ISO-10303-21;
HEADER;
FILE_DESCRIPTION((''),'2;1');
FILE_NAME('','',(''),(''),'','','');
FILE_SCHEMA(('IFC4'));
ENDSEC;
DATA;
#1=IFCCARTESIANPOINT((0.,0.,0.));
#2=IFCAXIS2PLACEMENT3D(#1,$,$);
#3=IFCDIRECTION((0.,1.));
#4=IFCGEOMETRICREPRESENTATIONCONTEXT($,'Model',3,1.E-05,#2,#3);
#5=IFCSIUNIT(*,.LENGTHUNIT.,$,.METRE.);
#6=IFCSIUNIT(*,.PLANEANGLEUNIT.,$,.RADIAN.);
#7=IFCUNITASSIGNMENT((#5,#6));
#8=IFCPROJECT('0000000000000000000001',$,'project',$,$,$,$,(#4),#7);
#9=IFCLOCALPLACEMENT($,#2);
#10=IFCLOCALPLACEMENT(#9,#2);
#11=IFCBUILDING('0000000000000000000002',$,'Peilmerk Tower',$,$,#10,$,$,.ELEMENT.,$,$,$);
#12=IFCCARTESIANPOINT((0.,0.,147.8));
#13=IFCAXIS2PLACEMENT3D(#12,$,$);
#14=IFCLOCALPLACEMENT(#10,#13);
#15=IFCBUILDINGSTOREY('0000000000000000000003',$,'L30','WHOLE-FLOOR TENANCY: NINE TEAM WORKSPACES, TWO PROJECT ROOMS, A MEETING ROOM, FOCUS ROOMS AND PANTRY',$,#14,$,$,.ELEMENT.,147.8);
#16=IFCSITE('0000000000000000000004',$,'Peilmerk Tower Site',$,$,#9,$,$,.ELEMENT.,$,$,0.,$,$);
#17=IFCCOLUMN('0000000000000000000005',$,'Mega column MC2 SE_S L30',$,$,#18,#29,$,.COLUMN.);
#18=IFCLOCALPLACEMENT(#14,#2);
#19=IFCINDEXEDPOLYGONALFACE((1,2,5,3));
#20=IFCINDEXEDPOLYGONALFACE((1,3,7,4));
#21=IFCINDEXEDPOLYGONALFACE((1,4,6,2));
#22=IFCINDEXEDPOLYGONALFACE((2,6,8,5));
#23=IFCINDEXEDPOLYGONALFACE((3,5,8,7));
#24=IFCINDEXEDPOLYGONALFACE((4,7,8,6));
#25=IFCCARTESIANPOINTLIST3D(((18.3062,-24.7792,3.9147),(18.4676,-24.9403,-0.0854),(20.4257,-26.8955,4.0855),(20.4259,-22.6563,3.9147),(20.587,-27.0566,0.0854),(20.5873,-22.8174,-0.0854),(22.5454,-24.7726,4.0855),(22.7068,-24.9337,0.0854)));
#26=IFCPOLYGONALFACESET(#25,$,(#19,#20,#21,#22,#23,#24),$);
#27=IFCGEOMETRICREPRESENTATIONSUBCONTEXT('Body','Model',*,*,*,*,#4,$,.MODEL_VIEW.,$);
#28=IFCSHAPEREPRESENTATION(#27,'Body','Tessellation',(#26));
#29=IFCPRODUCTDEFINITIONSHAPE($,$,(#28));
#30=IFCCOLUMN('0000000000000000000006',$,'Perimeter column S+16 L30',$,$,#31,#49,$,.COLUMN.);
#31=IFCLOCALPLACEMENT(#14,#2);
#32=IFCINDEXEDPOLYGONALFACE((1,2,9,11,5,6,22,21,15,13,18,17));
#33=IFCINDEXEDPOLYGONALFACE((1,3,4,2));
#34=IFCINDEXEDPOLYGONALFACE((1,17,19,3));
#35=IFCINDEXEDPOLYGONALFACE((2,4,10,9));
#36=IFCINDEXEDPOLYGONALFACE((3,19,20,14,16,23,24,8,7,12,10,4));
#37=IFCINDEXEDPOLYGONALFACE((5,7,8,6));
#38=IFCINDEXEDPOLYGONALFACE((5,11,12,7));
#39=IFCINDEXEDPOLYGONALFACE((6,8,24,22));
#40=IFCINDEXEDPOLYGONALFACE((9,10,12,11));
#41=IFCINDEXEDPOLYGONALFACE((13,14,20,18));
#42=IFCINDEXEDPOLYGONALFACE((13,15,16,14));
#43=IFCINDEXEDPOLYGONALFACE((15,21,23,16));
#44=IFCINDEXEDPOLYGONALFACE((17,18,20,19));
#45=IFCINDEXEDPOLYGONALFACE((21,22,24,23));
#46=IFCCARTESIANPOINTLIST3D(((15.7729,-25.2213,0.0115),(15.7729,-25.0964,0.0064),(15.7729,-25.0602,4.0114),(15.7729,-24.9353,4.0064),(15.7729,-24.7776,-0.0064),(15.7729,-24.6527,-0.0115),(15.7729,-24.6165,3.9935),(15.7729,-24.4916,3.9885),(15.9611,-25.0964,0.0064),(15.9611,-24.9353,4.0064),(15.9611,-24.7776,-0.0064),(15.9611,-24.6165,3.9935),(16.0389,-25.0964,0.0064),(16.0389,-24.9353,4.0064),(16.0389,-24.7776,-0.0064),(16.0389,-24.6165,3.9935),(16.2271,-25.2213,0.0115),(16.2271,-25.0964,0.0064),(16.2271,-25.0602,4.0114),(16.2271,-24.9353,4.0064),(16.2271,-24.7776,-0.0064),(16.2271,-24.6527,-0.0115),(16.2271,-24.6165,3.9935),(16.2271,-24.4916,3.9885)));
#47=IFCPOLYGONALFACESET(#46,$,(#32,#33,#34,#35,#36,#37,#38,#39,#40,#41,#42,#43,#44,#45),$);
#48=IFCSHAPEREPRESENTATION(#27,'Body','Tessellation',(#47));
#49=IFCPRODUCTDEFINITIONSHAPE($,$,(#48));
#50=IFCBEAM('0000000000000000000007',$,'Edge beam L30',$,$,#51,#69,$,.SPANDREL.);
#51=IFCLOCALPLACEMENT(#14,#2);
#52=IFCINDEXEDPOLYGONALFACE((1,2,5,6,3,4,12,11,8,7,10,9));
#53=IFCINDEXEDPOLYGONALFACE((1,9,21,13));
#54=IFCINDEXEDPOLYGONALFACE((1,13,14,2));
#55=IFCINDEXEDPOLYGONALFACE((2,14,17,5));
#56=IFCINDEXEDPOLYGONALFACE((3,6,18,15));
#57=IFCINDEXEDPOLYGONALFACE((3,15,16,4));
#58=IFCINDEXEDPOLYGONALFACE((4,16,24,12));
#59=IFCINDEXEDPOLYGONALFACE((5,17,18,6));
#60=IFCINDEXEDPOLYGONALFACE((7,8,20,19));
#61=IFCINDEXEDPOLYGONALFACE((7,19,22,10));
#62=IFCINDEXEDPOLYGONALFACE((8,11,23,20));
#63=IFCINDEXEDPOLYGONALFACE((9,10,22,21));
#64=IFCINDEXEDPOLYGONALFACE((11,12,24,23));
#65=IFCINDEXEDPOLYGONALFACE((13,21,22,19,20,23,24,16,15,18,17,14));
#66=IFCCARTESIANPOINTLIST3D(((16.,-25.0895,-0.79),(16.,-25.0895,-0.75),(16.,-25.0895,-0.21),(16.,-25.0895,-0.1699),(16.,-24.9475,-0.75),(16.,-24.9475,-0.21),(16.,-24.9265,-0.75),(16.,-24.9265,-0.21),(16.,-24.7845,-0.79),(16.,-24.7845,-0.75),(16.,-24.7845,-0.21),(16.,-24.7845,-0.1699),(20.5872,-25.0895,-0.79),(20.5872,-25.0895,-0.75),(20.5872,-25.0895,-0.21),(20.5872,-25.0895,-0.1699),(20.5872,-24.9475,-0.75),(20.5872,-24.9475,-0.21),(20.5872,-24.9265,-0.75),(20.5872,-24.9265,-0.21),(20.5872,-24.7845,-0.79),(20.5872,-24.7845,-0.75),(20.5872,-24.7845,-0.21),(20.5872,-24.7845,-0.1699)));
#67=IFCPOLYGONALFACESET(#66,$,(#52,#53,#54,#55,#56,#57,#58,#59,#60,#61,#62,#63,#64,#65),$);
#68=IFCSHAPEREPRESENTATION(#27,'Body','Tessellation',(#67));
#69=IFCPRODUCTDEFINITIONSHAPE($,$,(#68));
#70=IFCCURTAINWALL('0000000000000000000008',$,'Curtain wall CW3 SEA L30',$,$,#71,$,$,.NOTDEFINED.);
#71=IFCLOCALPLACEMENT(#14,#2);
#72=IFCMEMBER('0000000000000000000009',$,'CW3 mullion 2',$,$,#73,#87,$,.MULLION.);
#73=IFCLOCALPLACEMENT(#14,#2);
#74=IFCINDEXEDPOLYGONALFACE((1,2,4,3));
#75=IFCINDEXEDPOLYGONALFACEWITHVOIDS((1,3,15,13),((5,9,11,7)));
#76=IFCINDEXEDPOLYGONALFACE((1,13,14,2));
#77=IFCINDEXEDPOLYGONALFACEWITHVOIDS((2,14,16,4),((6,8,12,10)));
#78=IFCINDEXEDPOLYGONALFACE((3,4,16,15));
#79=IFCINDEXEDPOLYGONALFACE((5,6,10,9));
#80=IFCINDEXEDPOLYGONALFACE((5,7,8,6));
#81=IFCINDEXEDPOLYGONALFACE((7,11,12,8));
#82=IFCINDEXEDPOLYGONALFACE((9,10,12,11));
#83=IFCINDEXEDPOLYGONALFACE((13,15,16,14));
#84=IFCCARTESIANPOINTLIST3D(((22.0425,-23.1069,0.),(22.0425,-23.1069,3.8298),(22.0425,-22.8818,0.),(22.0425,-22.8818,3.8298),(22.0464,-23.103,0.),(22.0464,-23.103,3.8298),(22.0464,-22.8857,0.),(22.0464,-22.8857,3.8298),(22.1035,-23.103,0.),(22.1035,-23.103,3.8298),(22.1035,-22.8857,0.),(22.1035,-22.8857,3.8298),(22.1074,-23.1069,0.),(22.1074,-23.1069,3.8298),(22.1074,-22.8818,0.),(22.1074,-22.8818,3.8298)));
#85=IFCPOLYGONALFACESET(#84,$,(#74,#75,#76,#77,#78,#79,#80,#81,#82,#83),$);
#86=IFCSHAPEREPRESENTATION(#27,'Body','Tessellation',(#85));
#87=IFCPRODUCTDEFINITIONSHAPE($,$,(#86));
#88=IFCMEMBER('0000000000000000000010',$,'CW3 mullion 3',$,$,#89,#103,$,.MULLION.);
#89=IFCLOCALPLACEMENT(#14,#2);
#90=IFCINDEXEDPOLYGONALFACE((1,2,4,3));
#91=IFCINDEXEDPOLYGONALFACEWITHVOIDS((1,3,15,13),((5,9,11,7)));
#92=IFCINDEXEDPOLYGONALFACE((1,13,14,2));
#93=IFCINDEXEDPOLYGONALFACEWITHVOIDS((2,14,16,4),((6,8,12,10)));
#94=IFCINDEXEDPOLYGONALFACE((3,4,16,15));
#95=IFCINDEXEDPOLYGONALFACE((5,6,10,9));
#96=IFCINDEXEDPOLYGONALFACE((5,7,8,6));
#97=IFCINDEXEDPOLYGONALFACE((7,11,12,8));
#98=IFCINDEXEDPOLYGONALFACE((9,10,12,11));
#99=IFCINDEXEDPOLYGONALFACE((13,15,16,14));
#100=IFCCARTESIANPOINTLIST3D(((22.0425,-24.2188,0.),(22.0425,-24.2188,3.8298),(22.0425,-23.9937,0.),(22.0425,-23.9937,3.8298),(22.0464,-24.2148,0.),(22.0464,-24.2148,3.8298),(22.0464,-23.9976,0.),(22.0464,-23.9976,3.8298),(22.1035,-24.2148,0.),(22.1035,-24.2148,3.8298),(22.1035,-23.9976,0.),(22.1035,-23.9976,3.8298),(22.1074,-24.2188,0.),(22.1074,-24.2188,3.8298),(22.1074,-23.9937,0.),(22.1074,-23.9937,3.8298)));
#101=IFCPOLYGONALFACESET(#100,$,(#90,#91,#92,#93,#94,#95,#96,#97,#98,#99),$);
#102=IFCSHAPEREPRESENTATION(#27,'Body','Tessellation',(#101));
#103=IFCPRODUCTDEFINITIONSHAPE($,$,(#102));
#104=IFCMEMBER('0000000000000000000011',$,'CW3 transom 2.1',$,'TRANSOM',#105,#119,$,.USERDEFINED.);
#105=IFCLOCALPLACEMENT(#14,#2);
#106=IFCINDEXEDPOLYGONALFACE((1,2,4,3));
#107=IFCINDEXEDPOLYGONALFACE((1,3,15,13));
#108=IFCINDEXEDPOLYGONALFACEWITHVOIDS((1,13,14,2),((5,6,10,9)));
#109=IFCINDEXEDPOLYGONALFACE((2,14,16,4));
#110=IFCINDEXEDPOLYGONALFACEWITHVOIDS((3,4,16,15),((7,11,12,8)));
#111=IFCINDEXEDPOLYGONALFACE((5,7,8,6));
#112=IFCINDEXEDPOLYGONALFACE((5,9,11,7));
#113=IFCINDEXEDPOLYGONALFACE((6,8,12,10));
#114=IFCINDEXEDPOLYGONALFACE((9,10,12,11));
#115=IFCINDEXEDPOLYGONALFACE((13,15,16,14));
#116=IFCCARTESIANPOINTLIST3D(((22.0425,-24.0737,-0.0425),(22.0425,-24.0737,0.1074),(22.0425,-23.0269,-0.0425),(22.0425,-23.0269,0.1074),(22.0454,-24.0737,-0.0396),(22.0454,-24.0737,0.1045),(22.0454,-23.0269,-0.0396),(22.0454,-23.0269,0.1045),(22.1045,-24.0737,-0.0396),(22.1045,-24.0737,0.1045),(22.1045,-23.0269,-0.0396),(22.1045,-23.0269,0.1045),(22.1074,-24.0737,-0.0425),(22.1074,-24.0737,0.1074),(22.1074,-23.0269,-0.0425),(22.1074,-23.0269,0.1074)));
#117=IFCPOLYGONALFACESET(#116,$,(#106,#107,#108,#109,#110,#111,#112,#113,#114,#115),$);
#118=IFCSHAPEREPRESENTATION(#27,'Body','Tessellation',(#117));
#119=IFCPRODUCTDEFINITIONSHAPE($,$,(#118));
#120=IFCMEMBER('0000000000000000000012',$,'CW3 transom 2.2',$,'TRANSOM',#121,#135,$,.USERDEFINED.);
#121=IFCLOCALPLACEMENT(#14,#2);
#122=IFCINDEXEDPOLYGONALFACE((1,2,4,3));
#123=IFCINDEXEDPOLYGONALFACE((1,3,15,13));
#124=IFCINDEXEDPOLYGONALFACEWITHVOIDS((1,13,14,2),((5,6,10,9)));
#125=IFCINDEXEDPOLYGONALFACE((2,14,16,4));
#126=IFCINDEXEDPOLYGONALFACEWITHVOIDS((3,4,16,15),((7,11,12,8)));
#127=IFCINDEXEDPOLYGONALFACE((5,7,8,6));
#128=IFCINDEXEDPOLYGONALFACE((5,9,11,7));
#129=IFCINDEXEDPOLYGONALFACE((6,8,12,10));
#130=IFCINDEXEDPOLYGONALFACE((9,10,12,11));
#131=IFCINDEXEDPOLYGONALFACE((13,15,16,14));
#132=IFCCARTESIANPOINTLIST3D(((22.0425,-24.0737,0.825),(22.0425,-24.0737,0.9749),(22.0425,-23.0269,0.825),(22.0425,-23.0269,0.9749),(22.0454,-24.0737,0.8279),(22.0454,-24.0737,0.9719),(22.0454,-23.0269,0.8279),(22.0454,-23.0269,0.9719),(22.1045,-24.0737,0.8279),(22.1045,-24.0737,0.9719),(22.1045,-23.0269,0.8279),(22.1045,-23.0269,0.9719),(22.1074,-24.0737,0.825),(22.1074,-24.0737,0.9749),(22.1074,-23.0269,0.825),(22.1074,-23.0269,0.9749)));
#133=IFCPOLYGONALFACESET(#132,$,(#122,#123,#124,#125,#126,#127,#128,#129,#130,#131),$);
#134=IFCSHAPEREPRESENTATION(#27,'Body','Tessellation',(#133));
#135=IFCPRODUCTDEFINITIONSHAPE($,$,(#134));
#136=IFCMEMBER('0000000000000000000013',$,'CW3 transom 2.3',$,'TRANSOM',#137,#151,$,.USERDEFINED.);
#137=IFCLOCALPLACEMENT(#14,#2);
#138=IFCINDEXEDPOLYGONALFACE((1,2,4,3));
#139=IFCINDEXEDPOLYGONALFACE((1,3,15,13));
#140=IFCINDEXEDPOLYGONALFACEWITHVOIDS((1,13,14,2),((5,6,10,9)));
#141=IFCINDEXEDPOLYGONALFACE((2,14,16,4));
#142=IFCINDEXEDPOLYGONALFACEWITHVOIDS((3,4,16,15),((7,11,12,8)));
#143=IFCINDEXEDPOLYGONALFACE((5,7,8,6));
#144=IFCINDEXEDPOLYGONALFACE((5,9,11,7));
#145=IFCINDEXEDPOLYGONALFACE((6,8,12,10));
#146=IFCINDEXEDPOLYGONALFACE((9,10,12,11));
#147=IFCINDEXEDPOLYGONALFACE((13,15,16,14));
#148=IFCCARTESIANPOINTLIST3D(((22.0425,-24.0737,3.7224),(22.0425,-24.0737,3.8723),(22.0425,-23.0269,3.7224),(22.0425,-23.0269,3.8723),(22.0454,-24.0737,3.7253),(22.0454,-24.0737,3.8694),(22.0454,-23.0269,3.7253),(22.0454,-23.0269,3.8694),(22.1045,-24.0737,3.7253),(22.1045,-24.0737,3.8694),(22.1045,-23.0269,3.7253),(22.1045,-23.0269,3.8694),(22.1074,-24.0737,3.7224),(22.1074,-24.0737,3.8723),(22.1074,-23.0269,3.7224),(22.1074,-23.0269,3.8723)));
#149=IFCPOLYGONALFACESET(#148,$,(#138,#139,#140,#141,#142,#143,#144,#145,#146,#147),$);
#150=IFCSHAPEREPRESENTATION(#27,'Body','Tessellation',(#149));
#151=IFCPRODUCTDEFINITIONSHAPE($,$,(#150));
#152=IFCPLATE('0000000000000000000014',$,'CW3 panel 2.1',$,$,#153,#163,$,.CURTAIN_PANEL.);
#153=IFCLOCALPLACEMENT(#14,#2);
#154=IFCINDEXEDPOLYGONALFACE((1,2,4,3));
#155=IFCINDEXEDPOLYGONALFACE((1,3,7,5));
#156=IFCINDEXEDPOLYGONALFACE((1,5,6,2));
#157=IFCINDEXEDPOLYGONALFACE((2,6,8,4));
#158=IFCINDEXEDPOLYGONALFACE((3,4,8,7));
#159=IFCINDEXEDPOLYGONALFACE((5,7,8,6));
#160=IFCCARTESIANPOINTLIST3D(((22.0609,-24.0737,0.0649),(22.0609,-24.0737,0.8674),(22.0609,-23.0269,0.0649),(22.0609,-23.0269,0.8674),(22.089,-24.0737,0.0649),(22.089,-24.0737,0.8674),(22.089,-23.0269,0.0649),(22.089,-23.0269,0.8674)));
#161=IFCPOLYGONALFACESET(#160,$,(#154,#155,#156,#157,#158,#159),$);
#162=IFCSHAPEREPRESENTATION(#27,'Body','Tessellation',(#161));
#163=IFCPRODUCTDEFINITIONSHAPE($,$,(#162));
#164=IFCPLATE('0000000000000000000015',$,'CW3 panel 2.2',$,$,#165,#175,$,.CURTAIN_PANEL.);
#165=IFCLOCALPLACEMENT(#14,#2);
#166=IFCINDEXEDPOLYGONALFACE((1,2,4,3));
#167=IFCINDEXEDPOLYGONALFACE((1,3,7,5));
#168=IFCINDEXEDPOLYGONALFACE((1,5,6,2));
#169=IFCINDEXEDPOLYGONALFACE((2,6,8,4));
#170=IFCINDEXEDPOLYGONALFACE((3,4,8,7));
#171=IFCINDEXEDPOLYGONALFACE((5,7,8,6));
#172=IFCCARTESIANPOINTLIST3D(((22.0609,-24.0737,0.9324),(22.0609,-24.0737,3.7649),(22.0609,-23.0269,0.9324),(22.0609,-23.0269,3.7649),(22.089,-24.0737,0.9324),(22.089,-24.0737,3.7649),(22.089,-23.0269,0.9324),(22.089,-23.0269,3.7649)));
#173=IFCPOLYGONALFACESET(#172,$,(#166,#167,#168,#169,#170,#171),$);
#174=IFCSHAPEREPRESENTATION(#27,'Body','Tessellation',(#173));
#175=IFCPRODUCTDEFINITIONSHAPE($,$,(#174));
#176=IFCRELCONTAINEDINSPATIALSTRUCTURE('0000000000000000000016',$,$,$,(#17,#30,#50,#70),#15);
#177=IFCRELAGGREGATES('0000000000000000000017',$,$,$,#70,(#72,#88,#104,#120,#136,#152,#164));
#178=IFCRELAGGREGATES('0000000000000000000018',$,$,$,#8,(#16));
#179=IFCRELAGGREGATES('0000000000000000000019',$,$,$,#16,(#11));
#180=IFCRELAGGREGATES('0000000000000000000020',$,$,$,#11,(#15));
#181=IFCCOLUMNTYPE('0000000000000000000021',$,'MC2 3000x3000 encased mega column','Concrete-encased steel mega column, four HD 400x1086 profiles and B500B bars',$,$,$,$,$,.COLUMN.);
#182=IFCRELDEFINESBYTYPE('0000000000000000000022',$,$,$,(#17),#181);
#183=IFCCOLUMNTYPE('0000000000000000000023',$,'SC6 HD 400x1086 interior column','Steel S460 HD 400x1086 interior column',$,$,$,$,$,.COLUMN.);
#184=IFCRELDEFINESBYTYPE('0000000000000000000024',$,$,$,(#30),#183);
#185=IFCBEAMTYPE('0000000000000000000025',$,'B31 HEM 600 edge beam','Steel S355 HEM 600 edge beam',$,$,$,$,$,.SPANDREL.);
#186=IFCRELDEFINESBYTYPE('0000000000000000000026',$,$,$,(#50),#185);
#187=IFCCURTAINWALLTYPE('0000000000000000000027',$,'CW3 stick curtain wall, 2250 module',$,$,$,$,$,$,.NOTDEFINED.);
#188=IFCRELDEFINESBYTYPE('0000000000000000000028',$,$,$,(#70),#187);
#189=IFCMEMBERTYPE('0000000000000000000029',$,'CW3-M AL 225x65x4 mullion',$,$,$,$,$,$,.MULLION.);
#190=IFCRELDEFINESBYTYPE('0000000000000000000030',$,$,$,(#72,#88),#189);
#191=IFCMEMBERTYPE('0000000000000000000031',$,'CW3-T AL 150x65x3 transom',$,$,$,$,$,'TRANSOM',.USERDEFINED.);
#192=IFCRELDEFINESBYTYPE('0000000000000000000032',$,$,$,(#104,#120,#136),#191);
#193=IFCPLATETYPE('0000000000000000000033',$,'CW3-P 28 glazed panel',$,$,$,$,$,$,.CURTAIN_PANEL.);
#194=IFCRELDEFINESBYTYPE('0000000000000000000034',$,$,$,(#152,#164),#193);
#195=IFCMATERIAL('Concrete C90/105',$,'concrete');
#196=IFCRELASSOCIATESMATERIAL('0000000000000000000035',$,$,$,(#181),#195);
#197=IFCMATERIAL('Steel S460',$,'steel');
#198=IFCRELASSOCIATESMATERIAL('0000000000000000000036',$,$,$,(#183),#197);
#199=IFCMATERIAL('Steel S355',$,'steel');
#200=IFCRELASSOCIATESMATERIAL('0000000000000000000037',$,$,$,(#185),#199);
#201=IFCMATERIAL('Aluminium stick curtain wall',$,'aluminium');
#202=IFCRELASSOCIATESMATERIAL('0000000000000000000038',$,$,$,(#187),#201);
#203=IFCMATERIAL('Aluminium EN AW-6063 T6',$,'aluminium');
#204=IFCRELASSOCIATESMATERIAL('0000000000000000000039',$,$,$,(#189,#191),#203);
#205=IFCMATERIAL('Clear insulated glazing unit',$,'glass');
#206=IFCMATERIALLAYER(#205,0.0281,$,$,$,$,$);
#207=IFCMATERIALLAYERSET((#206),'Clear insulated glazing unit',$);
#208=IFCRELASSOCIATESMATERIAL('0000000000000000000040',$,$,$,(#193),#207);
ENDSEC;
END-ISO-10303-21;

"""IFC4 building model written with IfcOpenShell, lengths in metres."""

from ifc_helpers import new_model, si_unit, direction, frame, origin, origin_2d, place, context, subcontext, project, spatial, rectangle, hollow_rectangle, i_section, extrude, material, layer, layer_set, material_profile, profile_set, type_object, element, aggregate, save


model = new_model("IFC4")

# Units and contexts
model_context = context("Model", 3, precision=1e-05, world=origin(), true_north=direction((0.0, 1.0)))
body_context = subcontext(model_context, "Body", "Model", "MODEL_VIEW")
ifc_project = project(units=[si_unit("LENGTHUNIT", "METRE"), si_unit("PLANEANGLEUNIT", "RADIAN")], contexts=[model_context])

# Site, building, storey
site_placement = place(None, origin())
site = spatial("IfcSite", under=ifc_project, at=site_placement, Name="Peilmerk Tower Site", CompositionType="ELEMENT", RefElevation=0.0)
building_placement = place(site_placement, origin())
building = spatial("IfcBuilding", under=site, at=building_placement, Name="Peilmerk Tower", CompositionType="ELEMENT")
storey_placement = place(building_placement, frame((0.0, 0.0, 147.8)))
storey = spatial("IfcBuildingStorey", under=building, at=storey_placement, Name="L30", Description="WHOLE-FLOOR TENANCY: NINE TEAM WORKSPACES, TWO PROJECT ROOMS, A MEETING ROOM, FOCUS ROOMS AND PANTRY", CompositionType="ELEMENT", Elevation=147.8)

# Columns
ifc_material_1 = material(Name="Concrete C90/105", Category="concrete")
ifc_material_profile_1 = material_profile(ifc_material_1, rectangle(XDim=3.0, YDim=3.0, at=origin_2d()), Name="RC 3000x3000")
ifc_profile_set_1 = profile_set([ifc_material_profile_1], Name="Concrete C90/105")
column_type_1 = type_object("IfcColumnType", Name="MC2 3000x3000 encased mega column", Description="Concrete-encased steel mega column, four HD 400x1086 profiles and B500B bars", PredefinedType="COLUMN", material=ifc_profile_set_1)
column_1_placement = place(storey_placement, frame((20.5872, -24.937, 0.0), z_axis=(-0.040279, 0.040218, 0.998379), x_axis=(-0.706571, -0.707642, 0.0)))
element("IfcColumn", 1, at=column_1_placement, inside=storey, type_object=column_type_1, Name="Mega column MC2 SE_S L30", PredefinedType="COLUMN", context=body_context, shape_type="SweptSolid", body=[
    extrude(rectangle(XDim=3.0, YDim=3.0, at=origin_2d()), origin(), (0.0, 0.0, 1.0), 4.0066),
])
ifc_material_2 = material(Name="Steel S460", Category="steel")
ifc_material_profile_2 = material_profile(ifc_material_2, i_section(OverallWidth=0.4541, OverallDepth=0.5691, WebThickness=0.0779, FlangeThickness=0.125, at=origin_2d()), Name="HD 400x1086")
ifc_profile_set_2 = profile_set([ifc_material_profile_2], Name="Steel S460")
column_type_2 = type_object("IfcColumnType", Name="SC6 HD 400x1086 interior column", Description="Steel S460 HD 400x1086 interior column", PredefinedType="COLUMN", material=ifc_profile_set_2)
column_2_placement = place(storey_placement, frame((16.0, -24.937, 0.0), z_axis=(0.0, 0.040251, 0.99919), x_axis=(-1.0, 0.0, 0.0)))
element("IfcColumn", 2, at=column_2_placement, inside=storey, type_object=column_type_2, Name="Perimeter column S+16 L30", PredefinedType="COLUMN", context=body_context, shape_type="SweptSolid", body=[
    extrude(i_section(OverallWidth=0.4541, OverallDepth=0.5691, WebThickness=0.0779, FlangeThickness=0.125, at=origin_2d()), origin(), (0.0, 0.0, 1.0), 4.0032),
])

# Beam
ifc_material_3 = material(Name="Steel S355", Category="steel")
ifc_material_profile_3 = material_profile(ifc_material_3, i_section(OverallWidth=0.3049, OverallDepth=0.6201, WebThickness=0.021, FlangeThickness=0.04, at=origin_2d()), Name="HEM 600")
ifc_profile_set_3 = profile_set([ifc_material_profile_3], Name="Steel S355")
beam_type = type_object("IfcBeamType", Name="B31 HEM 600 edge beam", Description="Steel S355 HEM 600 edge beam", PredefinedType="SPANDREL", material=ifc_profile_set_3)
beam_placement = place(storey_placement, frame((16.0, -24.937, -0.48), z_axis=(1.0, 0.0, 0.0), x_axis=(0.0, 1.0, 0.0)))
element("IfcBeam", 3, at=beam_placement, inside=storey, type_object=beam_type, Name="Edge beam L30", PredefinedType="SPANDREL", context=body_context, shape_type="SweptSolid", body=[
    extrude(i_section(OverallWidth=0.3049, OverallDepth=0.6201, WebThickness=0.021, FlangeThickness=0.04, at=origin_2d()), origin(), (0.0, 0.0, 1.0), 4.5872),
])

# Curtain wall, members, plates
ifc_material_4 = material(Name="Aluminium stick curtain wall", Category="aluminium")
curtain_wall_type = type_object("IfcCurtainWallType", Name="CW3 stick curtain wall, 2250 module", PredefinedType="NOTDEFINED", material=ifc_material_4)
curtain_wall_placement = place(storey_placement, origin())
curtain_wall = element("IfcCurtainWall", 4, at=curtain_wall_placement, inside=storey, type_object=curtain_wall_type, Name="Curtain wall CW3 SEA L30", PredefinedType="NOTDEFINED")
ifc_material_5 = material(Name="Aluminium EN AW-6063 T6", Category="aluminium")
ifc_material_profile_4 = material_profile(ifc_material_5, hollow_rectangle(XDim=0.0649, YDim=0.2251, WallThickness=0.0039, at=origin_2d()), Name="AL 225x65x4")
ifc_profile_set_4 = profile_set([ifc_material_profile_4], Name="Aluminium EN AW-6063 T6")
member_type_1 = type_object("IfcMemberType", Name="CW3-M AL 225x65x4 mullion", PredefinedType="MULLION", material=ifc_profile_set_4)
member_1_placement = place(storey_placement, frame((22.075, -22.9944, 0.0), z_axis=(0.0, 0.0, 1.0), x_axis=(1.0, 0.0, 0.0)))
member_1 = element("IfcMember", 5, at=member_1_placement, type_object=member_type_1, Name="CW3 mullion 2", PredefinedType="MULLION", context=body_context, shape_type="SweptSolid", body=[
    extrude(hollow_rectangle(XDim=0.0649, YDim=0.2251, WallThickness=0.0039, at=origin_2d()), origin(), (0.0, 0.0, 1.0), 3.8298),
])
member_2_placement = place(storey_placement, frame((22.075, -24.1062, 0.0), z_axis=(0.0, 0.0, 1.0), x_axis=(1.0, 0.0, 0.0)))
member_2 = element("IfcMember", 6, at=member_2_placement, type_object=member_type_1, Name="CW3 mullion 3", PredefinedType="MULLION", context=body_context, shape_type="SweptSolid", body=[
    extrude(hollow_rectangle(XDim=0.0649, YDim=0.2251, WallThickness=0.0039, at=origin_2d()), origin(), (0.0, 0.0, 1.0), 3.8298),
])
ifc_material_profile_5 = material_profile(ifc_material_5, hollow_rectangle(XDim=0.0649, YDim=0.1499, WallThickness=0.0029, at=origin_2d()), Name="AL 150x65x3")
ifc_profile_set_5 = profile_set([ifc_material_profile_5], Name="Aluminium EN AW-6063 T6")
member_type_2 = type_object("IfcMemberType", Name="CW3-T AL 150x65x3 transom", ElementType="TRANSOM", PredefinedType="USERDEFINED", material=ifc_profile_set_5)
member_3_placement = place(storey_placement, frame((22.075, -23.0269, 0.0325), z_axis=(0.0, -1.0, 0.0), x_axis=(1.0, 0.0, 0.0)))
member_3 = element("IfcMember", 7, at=member_3_placement, type_object=member_type_2, Name="CW3 transom 2.1", ObjectType="TRANSOM", PredefinedType="USERDEFINED", context=body_context, shape_type="SweptSolid", body=[
    extrude(hollow_rectangle(XDim=0.0649, YDim=0.1499, WallThickness=0.0029, at=origin_2d()), origin(), (0.0, 0.0, 1.0), 1.0469),
])
member_4_placement = place(storey_placement, frame((22.075, -23.0269, 0.8999), z_axis=(0.0, -1.0, 0.0), x_axis=(1.0, 0.0, 0.0)))
member_4 = element("IfcMember", 8, at=member_4_placement, type_object=member_type_2, Name="CW3 transom 2.2", ObjectType="TRANSOM", PredefinedType="USERDEFINED", context=body_context, shape_type="SweptSolid", body=[
    extrude(hollow_rectangle(XDim=0.0649, YDim=0.1499, WallThickness=0.0029, at=origin_2d()), origin(), (0.0, 0.0, 1.0), 1.0469),
])
member_5_placement = place(storey_placement, frame((22.075, -23.0269, 3.7974), z_axis=(0.0, -1.0, 0.0), x_axis=(1.0, 0.0, 0.0)))
member_5 = element("IfcMember", 9, at=member_5_placement, type_object=member_type_2, Name="CW3 transom 2.3", ObjectType="TRANSOM", PredefinedType="USERDEFINED", context=body_context, shape_type="SweptSolid", body=[
    extrude(hollow_rectangle(XDim=0.0649, YDim=0.1499, WallThickness=0.0029, at=origin_2d()), origin(), (0.0, 0.0, 1.0), 1.0469),
])
ifc_material_6 = material(Name="Clear insulated glazing unit", Category="glass")
ifc_layer_1 = layer(ifc_material_6, 0.0281)
ifc_layer_set_1 = layer_set([ifc_layer_1], Name="Clear insulated glazing unit")
plate_type = type_object("IfcPlateType", Name="CW3-P 28 glazed panel", PredefinedType="CURTAIN_PANEL", material=ifc_layer_set_1)
plate_1_placement = place(storey_placement, frame((22.075, -23.5503, 0.0649), z_axis=(0.0, 0.0, 1.0), x_axis=(0.0, -1.0, 0.0)))
plate_1 = element("IfcPlate", 10, at=plate_1_placement, type_object=plate_type, Name="CW3 panel 2.1", PredefinedType="CURTAIN_PANEL", context=body_context, shape_type="SweptSolid", body=[
    extrude(rectangle(XDim=1.0469, YDim=0.0281, at=origin_2d()), origin(), (0.0, 0.0, 1.0), 0.8025),
])
plate_2_placement = place(storey_placement, frame((22.075, -23.5503, 0.9324), z_axis=(0.0, 0.0, 1.0), x_axis=(0.0, -1.0, 0.0)))
plate_2 = element("IfcPlate", 11, at=plate_2_placement, type_object=plate_type, Name="CW3 panel 2.2", PredefinedType="CURTAIN_PANEL", context=body_context, shape_type="SweptSolid", body=[
    extrude(rectangle(XDim=1.0469, YDim=0.0281, at=origin_2d()), origin(), (0.0, 0.0, 1.0), 2.8325),
])
aggregate(curtain_wall, [member_1, member_2, member_3, member_4, member_5, plate_1, plate_2])

save(model, "model.ifc")
